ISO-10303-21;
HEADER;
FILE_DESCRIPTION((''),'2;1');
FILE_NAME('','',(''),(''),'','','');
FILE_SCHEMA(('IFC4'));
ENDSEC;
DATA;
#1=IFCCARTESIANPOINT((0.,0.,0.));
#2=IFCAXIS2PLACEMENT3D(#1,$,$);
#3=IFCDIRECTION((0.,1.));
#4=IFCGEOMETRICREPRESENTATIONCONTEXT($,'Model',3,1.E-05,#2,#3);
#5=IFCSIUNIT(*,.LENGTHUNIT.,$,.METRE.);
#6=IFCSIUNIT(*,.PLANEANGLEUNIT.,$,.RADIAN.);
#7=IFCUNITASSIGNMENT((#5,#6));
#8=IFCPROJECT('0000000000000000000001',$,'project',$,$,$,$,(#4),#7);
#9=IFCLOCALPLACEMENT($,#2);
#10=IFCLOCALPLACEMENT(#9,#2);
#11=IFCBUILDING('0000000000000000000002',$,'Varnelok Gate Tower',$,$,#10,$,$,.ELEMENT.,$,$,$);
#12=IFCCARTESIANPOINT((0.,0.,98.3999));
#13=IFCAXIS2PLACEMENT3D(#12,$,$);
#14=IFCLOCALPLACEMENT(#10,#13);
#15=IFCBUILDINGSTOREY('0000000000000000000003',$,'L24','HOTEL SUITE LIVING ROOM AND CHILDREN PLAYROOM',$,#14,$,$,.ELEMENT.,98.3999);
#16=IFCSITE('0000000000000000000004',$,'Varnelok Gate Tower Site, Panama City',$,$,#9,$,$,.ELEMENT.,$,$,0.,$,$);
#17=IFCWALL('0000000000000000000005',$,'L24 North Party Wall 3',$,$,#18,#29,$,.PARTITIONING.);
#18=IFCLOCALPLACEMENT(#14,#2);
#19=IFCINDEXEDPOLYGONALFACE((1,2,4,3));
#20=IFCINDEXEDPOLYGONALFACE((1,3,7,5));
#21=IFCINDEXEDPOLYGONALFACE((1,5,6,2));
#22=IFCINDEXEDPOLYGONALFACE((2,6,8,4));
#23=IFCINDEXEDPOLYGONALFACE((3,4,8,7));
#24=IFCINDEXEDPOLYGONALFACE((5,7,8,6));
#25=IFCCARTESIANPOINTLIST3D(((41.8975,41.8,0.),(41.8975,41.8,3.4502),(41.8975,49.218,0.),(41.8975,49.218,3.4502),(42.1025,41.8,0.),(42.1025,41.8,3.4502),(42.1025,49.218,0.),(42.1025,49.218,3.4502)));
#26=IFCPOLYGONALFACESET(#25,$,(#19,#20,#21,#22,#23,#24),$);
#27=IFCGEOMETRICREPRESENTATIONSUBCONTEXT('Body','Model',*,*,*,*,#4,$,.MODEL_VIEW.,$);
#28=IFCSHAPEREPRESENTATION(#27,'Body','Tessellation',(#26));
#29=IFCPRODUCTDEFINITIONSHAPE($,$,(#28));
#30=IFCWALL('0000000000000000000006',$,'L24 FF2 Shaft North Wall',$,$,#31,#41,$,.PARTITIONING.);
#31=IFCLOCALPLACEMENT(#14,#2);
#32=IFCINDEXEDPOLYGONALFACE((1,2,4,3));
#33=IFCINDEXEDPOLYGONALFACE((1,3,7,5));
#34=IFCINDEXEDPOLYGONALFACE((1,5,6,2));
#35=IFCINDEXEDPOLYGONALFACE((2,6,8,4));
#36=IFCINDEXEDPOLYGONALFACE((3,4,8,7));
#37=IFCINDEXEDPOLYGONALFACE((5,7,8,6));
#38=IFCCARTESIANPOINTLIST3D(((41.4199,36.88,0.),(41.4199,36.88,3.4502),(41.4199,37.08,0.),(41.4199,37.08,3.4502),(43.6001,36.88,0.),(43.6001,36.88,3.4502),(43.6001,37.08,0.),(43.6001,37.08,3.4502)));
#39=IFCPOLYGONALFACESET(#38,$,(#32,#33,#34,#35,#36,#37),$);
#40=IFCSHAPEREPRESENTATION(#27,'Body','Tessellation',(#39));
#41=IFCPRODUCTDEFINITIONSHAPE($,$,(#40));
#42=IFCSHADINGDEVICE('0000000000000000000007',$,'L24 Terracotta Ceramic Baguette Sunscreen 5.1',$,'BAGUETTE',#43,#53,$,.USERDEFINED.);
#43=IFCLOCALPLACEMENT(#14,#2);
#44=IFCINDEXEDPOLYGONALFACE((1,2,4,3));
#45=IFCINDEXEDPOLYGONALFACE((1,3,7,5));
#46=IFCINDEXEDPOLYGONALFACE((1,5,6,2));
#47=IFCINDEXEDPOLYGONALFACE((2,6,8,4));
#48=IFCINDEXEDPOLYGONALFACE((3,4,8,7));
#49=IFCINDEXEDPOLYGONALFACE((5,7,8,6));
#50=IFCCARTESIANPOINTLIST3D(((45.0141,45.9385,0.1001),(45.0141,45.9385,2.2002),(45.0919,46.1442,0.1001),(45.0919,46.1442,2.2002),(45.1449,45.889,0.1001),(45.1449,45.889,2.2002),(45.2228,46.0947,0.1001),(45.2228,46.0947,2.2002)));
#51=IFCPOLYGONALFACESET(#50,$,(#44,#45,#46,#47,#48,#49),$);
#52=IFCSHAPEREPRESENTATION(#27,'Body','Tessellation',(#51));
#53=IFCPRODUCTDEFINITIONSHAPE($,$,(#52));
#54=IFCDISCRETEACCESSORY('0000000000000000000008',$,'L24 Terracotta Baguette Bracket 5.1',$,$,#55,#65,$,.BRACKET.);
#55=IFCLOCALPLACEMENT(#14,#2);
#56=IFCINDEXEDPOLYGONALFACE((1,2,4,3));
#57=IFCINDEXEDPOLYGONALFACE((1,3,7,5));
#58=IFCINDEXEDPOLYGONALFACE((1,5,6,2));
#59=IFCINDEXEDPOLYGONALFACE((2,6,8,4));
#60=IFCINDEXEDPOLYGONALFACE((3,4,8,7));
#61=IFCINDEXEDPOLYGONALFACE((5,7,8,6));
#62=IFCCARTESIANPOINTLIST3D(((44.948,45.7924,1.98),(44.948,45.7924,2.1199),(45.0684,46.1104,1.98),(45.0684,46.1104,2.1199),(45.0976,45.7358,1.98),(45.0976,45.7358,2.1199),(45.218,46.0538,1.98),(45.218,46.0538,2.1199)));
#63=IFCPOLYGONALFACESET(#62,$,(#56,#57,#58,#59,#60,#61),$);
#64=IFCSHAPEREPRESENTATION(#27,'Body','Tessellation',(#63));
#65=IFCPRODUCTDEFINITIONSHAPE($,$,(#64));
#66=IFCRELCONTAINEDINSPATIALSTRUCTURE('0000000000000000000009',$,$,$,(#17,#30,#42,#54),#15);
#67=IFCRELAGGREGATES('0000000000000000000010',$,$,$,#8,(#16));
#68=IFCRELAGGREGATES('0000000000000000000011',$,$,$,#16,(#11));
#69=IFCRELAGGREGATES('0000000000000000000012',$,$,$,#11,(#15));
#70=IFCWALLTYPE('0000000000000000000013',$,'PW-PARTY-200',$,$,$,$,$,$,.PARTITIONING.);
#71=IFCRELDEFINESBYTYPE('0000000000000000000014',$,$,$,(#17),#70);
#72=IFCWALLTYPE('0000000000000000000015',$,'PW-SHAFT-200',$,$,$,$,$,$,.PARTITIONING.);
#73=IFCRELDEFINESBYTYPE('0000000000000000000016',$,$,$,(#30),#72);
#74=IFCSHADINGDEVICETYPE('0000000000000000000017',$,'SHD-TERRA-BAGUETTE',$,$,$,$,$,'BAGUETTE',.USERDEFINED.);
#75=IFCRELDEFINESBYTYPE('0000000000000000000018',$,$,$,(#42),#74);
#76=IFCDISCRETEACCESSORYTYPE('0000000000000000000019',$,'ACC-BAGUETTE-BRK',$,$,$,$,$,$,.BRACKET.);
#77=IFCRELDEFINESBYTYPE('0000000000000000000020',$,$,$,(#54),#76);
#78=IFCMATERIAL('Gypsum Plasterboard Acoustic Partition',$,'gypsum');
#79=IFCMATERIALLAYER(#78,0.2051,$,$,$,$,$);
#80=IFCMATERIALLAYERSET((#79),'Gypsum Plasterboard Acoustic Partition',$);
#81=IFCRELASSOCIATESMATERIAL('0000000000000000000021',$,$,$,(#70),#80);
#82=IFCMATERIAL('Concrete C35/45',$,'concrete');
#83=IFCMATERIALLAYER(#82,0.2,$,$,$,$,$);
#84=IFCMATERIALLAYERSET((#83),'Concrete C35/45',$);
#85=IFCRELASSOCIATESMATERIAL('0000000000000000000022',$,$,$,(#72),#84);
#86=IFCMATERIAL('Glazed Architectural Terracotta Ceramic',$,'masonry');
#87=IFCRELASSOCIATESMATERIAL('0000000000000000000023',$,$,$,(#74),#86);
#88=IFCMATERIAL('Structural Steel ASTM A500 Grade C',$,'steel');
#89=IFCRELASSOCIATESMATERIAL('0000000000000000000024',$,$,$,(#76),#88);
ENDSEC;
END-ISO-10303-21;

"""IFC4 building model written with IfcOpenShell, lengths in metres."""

from ifc_helpers import new_model, si_unit, direction, frame, frame_2d, origin, origin_2d, place, context, subcontext, project, spatial, rectangle, extrude, source, transform, mapped, material, layer, layer_set, type_object, element, save


model = new_model("IFC4")

# Units and contexts
model_context = context("Model", 3, precision=1e-05, world=origin(), true_north=direction((0.0, 1.0)))
body_context = subcontext(model_context, "Body", "Model", "MODEL_VIEW")
ifc_project = project(units=[si_unit("LENGTHUNIT", "METRE"), si_unit("PLANEANGLEUNIT", "RADIAN")], contexts=[model_context])

# Site, building, storey
site_placement = place(None, origin())
site = spatial("IfcSite", under=ifc_project, at=site_placement, Name="Varnelok Gate Tower Site, Panama City", CompositionType="ELEMENT", RefElevation=0.0)
building_placement = place(site_placement, origin())
building = spatial("IfcBuilding", under=site, at=building_placement, Name="Varnelok Gate Tower", CompositionType="ELEMENT")
storey_placement = place(building_placement, frame((0.0, 0.0, 98.3999)))
storey = spatial("IfcBuildingStorey", under=building, at=storey_placement, Name="L24", Description="HOTEL SUITE LIVING ROOM AND CHILDREN PLAYROOM", CompositionType="ELEMENT", Elevation=98.3999)

# Shared definitions
ifc_material_1 = material(Name="Gypsum Plasterboard Acoustic Partition", Category="gypsum")

# Walls
ifc_layer_1 = layer(ifc_material_1, 0.2051)
ifc_layer_set_1 = layer_set([ifc_layer_1], Name="Gypsum Plasterboard Acoustic Partition")
wall_type_1 = type_object("IfcWallType", Name="PW-PARTY-200", PredefinedType="PARTITIONING", material=ifc_layer_set_1)
wall_1_placement = place(storey_placement, frame((42.0, 41.8, 0.0), z_axis=(0.0, 0.0, 1.0), x_axis=(0.0, 1.0, 0.0)))
element("IfcWall", 1, at=wall_1_placement, inside=storey, type_object=wall_type_1, Name="L24 North Party Wall 3", PredefinedType="PARTITIONING", context=body_context, shape_type="SweptSolid", body=[
    extrude(rectangle(XDim=7.418, YDim=0.2051, at=frame_2d((3.709, 0.0))), origin(), (0.0, 0.0, 1.0), 3.4502),
])
ifc_material_2 = material(Name="Concrete C35/45", Category="concrete")
ifc_layer_2 = layer(ifc_material_2, 0.2)
ifc_layer_set_2 = layer_set([ifc_layer_2], Name="Concrete C35/45")
wall_type_2 = type_object("IfcWallType", Name="PW-SHAFT-200", PredefinedType="PARTITIONING", material=ifc_layer_set_2)
wall_2_placement = place(storey_placement, frame((41.4199, 36.98, 0.0), z_axis=(0.0, 0.0, 1.0), x_axis=(1.0, 0.0, 0.0)))
element("IfcWall", 2, at=wall_2_placement, inside=storey, type_object=wall_type_2, Name="L24 FF2 Shaft North Wall", PredefinedType="PARTITIONING", context=body_context, shape_type="SweptSolid", body=[
    extrude(rectangle(XDim=2.1802, YDim=0.2, at=frame_2d((1.0901, 0.0))), origin(), (0.0, 0.0, 1.0), 3.4502),
])

# Shading device
ifc_material_3 = material(Name="Glazed Architectural Terracotta Ceramic", Category="masonry")
shading_device_type = type_object("IfcShadingDeviceType", Name="SHD-TERRA-BAGUETTE", ElementType="BAGUETTE", PredefinedType="USERDEFINED", material=ifc_material_3)
shared_shape_1 = source(origin(), body_context, "Body", "SweptSolid", [
    extrude(rectangle(XDim=0.1399, YDim=0.22, at=origin_2d()), origin(), (0.0, 0.0, 1.0), 2.1001),
])
shading_device_placement = place(storey_placement, frame((45.1184, 46.0166, 0.1001), z_axis=(0.0, 0.0, 1.0), x_axis=(0.935222, -0.354063, 0.0)))
element("IfcShadingDevice", 3, at=shading_device_placement, inside=storey, type_object=shading_device_type, Name="L24 Terracotta Ceramic Baguette Sunscreen 5.1", ObjectType="BAGUETTE", PredefinedType="USERDEFINED", context=body_context, shape_type="MappedRepresentation", body=[
    mapped(shared_shape_1, transform((0.0, 0.0, 0.0), scale=1.0)),
])

# Discrete accessory
ifc_material_4 = material(Name="Structural Steel ASTM A500 Grade C", Category="steel")
discrete_accessory_type = type_object("IfcDiscreteAccessoryType", Name="ACC-BAGUETTE-BRK", PredefinedType="BRACKET", material=ifc_material_4)
shared_shape_2 = source(origin(), body_context, "Body", "SweptSolid", [
    extrude(rectangle(XDim=0.1599, YDim=0.3401, at=origin_2d()), origin(), (0.0, 0.0, 1.0), 0.1399),
])
discrete_accessory_placement = place(storey_placement, frame((45.083, 45.9231, 1.98), z_axis=(0.0, 0.0, 1.0), x_axis=(0.935222, -0.354063, 0.0)))
element("IfcDiscreteAccessory", 4, at=discrete_accessory_placement, inside=storey, type_object=discrete_accessory_type, Name="L24 Terracotta Baguette Bracket 5.1", PredefinedType="BRACKET", context=body_context, shape_type="MappedRepresentation", body=[
    mapped(shared_shape_2, transform((0.0, 0.0, 0.0), scale=1.0)),
])

save(model, "model.ifc")
